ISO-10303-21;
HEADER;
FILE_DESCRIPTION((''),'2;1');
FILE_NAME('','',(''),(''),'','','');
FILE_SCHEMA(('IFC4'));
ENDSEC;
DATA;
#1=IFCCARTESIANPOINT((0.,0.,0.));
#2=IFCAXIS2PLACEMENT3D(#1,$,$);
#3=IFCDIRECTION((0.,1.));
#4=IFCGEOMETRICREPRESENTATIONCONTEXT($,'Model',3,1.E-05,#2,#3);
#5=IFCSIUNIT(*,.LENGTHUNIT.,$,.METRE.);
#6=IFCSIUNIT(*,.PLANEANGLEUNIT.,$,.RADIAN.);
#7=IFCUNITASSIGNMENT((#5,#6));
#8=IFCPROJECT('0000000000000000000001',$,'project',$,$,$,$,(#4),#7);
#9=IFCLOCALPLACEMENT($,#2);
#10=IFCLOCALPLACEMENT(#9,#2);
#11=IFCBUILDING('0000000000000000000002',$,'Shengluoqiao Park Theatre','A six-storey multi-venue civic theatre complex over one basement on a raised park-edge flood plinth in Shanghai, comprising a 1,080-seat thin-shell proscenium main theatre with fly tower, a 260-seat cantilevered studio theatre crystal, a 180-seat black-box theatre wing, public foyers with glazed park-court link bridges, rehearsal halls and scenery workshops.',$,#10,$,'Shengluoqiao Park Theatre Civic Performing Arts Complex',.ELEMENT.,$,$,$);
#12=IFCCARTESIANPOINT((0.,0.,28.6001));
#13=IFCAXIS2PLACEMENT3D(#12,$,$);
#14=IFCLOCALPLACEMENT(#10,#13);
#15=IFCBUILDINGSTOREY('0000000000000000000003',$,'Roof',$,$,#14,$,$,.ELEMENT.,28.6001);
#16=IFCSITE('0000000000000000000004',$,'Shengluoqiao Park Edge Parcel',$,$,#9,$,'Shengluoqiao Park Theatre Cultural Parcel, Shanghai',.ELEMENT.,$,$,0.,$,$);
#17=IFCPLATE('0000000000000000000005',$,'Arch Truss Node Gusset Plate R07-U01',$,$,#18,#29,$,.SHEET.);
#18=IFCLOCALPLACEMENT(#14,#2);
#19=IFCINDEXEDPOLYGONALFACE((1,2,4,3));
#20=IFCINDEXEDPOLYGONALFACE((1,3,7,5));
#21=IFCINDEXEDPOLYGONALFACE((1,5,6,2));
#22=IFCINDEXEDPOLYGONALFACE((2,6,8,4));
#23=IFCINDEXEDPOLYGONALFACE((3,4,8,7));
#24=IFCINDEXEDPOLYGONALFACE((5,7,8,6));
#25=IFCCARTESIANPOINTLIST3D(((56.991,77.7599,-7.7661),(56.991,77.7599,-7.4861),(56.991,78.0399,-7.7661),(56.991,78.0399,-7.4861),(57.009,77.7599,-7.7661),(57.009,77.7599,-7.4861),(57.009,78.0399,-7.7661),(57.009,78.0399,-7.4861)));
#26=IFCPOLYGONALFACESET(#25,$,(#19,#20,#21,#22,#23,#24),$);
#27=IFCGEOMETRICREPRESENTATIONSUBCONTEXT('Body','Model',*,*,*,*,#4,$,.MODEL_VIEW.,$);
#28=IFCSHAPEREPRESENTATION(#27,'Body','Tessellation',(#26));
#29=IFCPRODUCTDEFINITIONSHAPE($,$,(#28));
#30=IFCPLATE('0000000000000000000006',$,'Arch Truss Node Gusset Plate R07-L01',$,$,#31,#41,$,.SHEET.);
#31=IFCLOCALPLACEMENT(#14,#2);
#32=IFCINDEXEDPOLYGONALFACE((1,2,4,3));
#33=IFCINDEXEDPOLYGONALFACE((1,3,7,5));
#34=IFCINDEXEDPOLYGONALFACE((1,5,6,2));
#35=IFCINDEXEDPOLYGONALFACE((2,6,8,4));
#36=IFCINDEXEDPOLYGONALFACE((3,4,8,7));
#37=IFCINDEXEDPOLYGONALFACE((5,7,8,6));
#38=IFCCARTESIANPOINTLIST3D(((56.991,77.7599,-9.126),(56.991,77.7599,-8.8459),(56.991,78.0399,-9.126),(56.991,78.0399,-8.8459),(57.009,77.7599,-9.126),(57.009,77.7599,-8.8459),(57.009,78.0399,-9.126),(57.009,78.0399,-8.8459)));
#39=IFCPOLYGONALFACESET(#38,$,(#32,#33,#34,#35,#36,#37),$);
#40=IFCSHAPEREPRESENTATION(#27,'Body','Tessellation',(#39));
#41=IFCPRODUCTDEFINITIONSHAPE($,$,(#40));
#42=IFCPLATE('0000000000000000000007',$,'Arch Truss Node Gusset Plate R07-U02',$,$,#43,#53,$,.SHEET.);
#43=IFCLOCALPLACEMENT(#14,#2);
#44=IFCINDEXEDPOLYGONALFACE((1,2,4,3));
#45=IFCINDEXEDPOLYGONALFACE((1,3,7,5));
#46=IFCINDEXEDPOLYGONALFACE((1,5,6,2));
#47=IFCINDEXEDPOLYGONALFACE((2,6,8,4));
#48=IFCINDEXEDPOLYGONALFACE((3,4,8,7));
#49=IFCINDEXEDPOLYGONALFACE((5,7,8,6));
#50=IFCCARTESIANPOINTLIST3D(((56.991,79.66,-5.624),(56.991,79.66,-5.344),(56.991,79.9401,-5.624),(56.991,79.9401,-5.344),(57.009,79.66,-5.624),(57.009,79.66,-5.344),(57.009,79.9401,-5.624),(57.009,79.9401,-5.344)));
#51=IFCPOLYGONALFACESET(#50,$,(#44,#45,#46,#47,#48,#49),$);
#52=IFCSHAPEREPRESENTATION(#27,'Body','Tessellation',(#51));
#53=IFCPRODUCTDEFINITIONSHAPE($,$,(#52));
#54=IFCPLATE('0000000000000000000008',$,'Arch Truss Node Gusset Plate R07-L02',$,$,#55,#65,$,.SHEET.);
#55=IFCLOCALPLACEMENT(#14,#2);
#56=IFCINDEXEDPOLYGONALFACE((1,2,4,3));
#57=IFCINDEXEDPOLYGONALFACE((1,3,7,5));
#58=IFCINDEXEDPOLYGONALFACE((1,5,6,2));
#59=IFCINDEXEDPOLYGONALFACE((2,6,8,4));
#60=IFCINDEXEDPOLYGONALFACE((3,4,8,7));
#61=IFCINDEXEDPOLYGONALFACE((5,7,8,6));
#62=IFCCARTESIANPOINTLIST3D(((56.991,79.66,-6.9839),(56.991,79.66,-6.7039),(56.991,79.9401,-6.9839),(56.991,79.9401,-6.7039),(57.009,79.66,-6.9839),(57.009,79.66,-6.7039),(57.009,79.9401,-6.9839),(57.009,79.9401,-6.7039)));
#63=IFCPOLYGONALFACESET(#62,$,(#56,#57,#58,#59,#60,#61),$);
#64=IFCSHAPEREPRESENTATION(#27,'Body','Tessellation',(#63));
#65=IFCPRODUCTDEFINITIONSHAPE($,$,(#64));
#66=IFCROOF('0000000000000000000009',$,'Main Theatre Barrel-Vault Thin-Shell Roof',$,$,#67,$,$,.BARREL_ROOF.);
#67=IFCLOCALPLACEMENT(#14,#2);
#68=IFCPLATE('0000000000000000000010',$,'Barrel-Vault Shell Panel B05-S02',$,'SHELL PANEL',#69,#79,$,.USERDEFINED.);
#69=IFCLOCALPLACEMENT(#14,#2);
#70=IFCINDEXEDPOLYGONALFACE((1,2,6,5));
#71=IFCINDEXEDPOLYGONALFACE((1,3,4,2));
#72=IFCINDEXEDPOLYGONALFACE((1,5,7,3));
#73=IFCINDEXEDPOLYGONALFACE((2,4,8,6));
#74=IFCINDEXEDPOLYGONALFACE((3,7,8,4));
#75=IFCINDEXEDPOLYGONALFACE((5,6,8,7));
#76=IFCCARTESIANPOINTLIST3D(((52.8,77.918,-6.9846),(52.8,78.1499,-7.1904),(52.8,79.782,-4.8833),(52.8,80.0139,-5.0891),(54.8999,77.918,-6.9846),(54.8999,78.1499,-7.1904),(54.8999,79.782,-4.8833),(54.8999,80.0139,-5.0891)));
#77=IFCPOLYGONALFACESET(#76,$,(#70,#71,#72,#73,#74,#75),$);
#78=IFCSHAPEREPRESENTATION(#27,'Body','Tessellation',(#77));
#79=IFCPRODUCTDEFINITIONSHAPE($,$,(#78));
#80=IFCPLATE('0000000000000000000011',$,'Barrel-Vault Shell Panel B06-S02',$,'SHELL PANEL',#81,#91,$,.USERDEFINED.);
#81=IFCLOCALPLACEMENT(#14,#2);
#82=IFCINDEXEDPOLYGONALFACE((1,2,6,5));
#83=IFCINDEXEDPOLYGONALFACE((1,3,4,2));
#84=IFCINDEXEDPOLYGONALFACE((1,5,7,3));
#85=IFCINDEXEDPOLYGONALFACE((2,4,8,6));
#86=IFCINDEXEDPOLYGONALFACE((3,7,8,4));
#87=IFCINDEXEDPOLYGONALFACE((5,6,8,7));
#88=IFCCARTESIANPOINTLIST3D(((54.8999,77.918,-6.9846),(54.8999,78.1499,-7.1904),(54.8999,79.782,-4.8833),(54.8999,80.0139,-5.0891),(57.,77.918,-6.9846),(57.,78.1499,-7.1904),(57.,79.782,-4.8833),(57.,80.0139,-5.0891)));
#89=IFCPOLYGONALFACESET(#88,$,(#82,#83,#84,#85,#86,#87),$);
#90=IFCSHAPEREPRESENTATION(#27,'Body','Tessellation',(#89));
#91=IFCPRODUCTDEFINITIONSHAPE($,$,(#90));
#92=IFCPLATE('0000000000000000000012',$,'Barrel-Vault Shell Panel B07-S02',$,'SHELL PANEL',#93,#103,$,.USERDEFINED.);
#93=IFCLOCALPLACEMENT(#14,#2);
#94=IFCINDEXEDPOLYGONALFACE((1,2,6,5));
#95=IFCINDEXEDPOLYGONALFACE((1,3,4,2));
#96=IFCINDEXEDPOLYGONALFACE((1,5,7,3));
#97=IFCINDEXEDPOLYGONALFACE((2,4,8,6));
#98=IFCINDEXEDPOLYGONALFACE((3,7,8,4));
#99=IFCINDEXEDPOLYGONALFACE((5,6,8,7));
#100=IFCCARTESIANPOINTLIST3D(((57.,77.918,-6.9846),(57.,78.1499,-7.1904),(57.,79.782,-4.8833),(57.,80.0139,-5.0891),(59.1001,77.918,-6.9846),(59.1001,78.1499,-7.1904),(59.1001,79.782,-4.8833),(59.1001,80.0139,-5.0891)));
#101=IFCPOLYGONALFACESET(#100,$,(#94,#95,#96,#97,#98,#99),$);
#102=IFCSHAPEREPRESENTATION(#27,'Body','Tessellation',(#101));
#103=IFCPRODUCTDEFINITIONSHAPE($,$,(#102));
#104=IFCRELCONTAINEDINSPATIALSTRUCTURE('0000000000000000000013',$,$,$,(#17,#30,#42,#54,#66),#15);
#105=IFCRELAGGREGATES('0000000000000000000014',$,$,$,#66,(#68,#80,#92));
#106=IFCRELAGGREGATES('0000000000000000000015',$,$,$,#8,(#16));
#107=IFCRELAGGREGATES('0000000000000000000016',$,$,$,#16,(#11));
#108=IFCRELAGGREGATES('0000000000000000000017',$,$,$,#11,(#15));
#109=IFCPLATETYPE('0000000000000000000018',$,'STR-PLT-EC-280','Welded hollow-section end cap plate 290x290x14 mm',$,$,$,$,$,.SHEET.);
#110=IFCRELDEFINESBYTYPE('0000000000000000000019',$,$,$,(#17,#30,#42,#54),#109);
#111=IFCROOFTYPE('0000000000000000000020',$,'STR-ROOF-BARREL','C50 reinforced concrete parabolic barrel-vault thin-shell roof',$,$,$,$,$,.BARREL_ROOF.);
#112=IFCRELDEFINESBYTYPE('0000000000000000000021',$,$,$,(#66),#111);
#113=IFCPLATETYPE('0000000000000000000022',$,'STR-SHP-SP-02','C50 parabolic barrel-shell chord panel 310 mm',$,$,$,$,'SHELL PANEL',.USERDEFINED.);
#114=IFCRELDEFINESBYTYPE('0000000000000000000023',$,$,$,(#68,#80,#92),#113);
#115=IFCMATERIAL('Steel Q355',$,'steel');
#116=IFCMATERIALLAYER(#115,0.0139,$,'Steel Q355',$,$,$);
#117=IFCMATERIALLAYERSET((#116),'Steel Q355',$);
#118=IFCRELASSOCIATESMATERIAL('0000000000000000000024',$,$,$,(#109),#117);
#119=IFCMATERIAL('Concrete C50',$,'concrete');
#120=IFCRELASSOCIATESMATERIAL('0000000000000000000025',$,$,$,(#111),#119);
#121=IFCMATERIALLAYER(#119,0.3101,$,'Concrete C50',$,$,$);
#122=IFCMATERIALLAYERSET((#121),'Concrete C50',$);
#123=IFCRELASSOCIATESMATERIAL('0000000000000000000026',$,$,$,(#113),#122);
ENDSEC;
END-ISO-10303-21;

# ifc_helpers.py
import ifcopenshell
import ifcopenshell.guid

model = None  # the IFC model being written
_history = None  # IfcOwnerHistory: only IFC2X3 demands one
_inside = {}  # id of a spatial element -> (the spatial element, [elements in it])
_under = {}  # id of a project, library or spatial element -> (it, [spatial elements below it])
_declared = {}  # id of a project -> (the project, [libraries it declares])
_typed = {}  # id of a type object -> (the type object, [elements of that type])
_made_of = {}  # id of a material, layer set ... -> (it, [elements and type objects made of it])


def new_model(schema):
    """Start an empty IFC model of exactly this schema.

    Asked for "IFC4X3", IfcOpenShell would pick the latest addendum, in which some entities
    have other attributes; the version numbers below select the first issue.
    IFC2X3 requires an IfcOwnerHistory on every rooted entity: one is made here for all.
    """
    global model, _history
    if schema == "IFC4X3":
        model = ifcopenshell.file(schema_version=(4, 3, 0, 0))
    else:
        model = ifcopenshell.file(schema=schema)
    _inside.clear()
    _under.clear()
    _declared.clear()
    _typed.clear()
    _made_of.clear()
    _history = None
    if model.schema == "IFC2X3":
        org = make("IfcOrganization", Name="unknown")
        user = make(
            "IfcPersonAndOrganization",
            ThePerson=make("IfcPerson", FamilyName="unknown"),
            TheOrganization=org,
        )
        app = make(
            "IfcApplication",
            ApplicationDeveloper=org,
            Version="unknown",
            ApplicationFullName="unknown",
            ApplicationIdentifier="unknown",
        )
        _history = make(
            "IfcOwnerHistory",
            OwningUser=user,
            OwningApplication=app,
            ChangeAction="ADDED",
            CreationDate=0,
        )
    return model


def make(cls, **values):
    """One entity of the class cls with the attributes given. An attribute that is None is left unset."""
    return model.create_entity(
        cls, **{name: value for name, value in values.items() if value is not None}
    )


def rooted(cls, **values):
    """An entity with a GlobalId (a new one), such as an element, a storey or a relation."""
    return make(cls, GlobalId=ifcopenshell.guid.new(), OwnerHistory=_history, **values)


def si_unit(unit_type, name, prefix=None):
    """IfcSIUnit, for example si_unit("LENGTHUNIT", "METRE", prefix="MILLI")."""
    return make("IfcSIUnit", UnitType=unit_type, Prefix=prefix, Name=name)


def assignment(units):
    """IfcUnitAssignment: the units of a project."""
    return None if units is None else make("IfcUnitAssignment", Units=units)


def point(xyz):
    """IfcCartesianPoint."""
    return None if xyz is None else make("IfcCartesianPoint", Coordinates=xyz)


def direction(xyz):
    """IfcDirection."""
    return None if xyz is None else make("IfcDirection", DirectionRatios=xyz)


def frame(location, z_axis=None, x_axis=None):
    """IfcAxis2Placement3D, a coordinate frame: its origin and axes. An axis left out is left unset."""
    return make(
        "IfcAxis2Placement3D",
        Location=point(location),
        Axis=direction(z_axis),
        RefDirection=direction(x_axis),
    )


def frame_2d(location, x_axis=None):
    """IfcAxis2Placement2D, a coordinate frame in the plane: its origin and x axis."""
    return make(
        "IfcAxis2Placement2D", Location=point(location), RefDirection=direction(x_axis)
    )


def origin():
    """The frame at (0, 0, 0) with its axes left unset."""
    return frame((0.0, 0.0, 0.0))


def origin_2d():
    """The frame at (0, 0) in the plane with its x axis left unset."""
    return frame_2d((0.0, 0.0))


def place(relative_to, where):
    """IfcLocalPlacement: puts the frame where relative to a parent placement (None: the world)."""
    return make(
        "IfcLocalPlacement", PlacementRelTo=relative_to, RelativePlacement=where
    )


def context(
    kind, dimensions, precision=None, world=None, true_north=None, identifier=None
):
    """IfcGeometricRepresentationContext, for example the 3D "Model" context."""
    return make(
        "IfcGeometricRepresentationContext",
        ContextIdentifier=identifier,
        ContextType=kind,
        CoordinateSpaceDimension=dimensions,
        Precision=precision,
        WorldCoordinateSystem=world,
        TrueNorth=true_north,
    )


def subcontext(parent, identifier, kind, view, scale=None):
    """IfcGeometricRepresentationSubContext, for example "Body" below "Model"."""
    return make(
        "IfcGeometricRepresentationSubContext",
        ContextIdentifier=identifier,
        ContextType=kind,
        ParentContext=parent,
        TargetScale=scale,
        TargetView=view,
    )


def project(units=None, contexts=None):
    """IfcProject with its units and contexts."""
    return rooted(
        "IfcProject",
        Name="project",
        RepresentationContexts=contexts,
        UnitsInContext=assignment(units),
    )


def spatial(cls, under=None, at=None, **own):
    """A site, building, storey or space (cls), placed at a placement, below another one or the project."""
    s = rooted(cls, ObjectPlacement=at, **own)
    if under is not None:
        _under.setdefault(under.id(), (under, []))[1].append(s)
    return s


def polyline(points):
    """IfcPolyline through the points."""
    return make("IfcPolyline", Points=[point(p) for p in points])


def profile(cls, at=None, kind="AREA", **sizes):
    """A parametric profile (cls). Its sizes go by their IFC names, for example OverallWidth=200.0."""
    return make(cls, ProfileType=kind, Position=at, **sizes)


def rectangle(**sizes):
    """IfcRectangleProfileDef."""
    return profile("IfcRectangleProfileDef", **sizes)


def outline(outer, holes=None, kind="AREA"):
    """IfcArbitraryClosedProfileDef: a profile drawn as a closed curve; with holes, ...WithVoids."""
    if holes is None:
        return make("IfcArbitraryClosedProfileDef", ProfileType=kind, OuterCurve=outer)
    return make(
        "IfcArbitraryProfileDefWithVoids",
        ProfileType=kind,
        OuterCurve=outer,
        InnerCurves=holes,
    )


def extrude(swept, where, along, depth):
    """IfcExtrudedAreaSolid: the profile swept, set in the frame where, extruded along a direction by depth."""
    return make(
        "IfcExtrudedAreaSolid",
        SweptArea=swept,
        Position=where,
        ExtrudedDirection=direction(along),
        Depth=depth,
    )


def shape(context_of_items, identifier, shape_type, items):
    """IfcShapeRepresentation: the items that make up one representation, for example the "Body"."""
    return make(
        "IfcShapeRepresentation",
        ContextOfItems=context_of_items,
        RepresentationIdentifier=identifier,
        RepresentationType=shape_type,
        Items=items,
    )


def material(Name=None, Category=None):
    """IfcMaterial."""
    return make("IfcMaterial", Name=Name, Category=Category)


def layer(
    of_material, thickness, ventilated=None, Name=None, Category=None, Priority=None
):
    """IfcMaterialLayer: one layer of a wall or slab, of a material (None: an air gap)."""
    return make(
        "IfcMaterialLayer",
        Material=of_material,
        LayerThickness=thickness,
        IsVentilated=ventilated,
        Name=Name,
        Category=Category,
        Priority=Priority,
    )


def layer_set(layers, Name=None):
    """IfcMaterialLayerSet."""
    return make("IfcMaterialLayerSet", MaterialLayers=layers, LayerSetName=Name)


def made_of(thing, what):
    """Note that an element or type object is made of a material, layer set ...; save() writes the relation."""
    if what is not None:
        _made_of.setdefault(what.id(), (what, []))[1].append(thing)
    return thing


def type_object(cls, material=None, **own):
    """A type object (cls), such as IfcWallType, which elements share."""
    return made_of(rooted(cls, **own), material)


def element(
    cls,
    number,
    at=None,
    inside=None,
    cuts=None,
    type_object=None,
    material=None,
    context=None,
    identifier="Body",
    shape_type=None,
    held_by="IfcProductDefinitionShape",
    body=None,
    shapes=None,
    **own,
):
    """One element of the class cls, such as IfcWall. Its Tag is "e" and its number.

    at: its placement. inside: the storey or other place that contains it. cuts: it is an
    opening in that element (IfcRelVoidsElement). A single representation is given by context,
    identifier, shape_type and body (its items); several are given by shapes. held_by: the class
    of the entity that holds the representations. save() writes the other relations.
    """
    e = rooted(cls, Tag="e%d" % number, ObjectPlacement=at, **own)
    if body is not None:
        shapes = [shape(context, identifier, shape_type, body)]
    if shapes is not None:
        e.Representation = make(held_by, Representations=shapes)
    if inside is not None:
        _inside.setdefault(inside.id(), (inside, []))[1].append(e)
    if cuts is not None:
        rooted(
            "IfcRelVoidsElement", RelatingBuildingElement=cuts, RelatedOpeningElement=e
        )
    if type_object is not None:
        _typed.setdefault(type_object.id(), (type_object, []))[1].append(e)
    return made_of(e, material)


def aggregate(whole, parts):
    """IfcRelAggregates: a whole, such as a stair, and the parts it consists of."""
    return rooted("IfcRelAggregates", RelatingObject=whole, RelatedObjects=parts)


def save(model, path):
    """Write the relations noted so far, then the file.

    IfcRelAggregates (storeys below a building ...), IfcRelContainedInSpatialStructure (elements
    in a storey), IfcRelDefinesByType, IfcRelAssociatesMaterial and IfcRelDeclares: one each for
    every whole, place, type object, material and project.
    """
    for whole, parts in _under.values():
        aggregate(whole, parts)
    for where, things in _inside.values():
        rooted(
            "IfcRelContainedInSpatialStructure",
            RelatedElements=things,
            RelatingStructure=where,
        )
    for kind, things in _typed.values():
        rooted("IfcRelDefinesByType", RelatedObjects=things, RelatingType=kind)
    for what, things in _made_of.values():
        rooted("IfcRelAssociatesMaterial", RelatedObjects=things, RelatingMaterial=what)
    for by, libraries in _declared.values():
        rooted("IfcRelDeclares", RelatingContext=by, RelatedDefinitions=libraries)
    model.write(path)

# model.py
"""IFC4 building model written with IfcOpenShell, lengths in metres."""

from ifc_helpers import new_model, si_unit, direction, frame, origin, origin_2d, place, context, subcontext, project, spatial, polyline, rectangle, outline, extrude, material, layer, layer_set, type_object, element, aggregate, save


model = new_model("IFC4")

# Units and contexts
model_context = context("Model", 3, precision=1e-05, world=origin(), true_north=direction((0.0, 1.0)))
body_context = subcontext(model_context, "Body", "Model", "MODEL_VIEW")
ifc_project = project(units=[si_unit("LENGTHUNIT", "METRE"), si_unit("PLANEANGLEUNIT", "RADIAN")], contexts=[model_context])

# Site, building, storey
site_placement = place(None, origin())
site = spatial("IfcSite", under=ifc_project, at=site_placement, Name="Shengluoqiao Park Edge Parcel", LongName="Shengluoqiao Park Theatre Cultural Parcel, Shanghai", CompositionType="ELEMENT", RefElevation=0.0)
building_placement = place(site_placement, origin())
building = spatial("IfcBuilding", under=site, at=building_placement, Name="Shengluoqiao Park Theatre", Description="A six-storey multi-venue civic theatre complex over one basement on a raised park-edge flood plinth in Shanghai, comprising a 1,080-seat thin-shell proscenium main theatre with fly tower, a 260-seat cantilevered studio theatre crystal, a 180-seat black-box theatre wing, public foyers with glazed park-court link bridges, rehearsal halls and scenery workshops.", LongName="Shengluoqiao Park Theatre Civic Performing Arts Complex", CompositionType="ELEMENT")
storey_placement = place(building_placement, frame((0.0, 0.0, 28.6001)))
storey = spatial("IfcBuildingStorey", under=building, at=storey_placement, Name="Roof", CompositionType="ELEMENT", Elevation=28.6001)

# Shared definitions
ifc_material_1 = material(Name="Concrete C50", Category="concrete")
ifc_material_2 = material(Name="Steel Q355", Category="steel")

# Plates
ifc_layer_1 = layer(ifc_material_2, 0.0139, Name="Steel Q355")
ifc_layer_set_1 = layer_set([ifc_layer_1], Name="Steel Q355")
plate_type_1 = type_object("IfcPlateType", Name="STR-PLT-EC-280", Description="Welded hollow-section end cap plate 290x290x14 mm", PredefinedType="SHEET", material=ifc_layer_set_1)
for number, where, z_axis, x_axis, name in (
    (1, (57.0, 77.8999, -7.7661), (0.0, 0.0, 1.0), (1.0, 0.0, 0.0), "Arch Truss Node Gusset Plate R07-U01"),
    (2, (57.0, 77.8999, -9.126), (0.0, 0.0, 1.0), (1.0, 0.0, 0.0), "Arch Truss Node Gusset Plate R07-L01"),
    (3, (57.0, 79.8, -5.624), (0.0, 0.0, 1.0), (1.0, 0.0, 0.0), "Arch Truss Node Gusset Plate R07-U02"),
    (4, (57.0, 79.8, -6.9839), (0.0, 0.0, 1.0), (1.0, 0.0, 0.0), "Arch Truss Node Gusset Plate R07-L02"),
):
    element("IfcPlate", number, at=place(storey_placement, frame(where, z_axis=z_axis, x_axis=x_axis)), inside=storey, type_object=plate_type_1, Name=name, PredefinedType="SHEET", context=body_context, shape_type="SweptSolid", body=[
        extrude(rectangle(XDim=0.0181, YDim=0.28, at=origin_2d()), origin(), (0.0, 0.0, 1.0), 0.28),
    ])

# Roof, plates
roof_type = type_object("IfcRoofType", Name="STR-ROOF-BARREL", Description="C50 reinforced concrete parabolic barrel-vault thin-shell roof", PredefinedType="BARREL_ROOF", material=ifc_material_1)
roof_placement = place(storey_placement, origin())
roof = element("IfcRoof", 5, at=roof_placement, inside=storey, type_object=roof_type, Name="Main Theatre Barrel-Vault Thin-Shell Roof", PredefinedType="BARREL_ROOF")
ifc_layer_2 = layer(ifc_material_1, 0.3101, Name="Concrete C50")
ifc_layer_set_2 = layer_set([ifc_layer_2], Name="Concrete C50")
plate_type_2 = type_object("IfcPlateType", Name="STR-SHP-SP-02", Description="C50 parabolic barrel-shell chord panel 310 mm", ElementType="SHELL PANEL", PredefinedType="USERDEFINED", material=ifc_layer_set_2)
plate_1_placement = place(storey_placement, frame((52.8, 77.918, -6.9846), z_axis=(0.0, -0.748085, 0.663603), x_axis=(1.0, 0.0, 0.0)))
plate_1 = element("IfcPlate", 6, at=plate_1_placement, type_object=plate_type_2, Name="Barrel-Vault Shell Panel B05-S02", ObjectType="SHELL PANEL", PredefinedType="USERDEFINED", context=body_context, shape_type="SweptSolid", body=[
    extrude(outline(polyline([(0.0, 0.0), (2.0999, 0.0), (2.0999, 2.8089), (0.0, 2.8089), (0.0, 0.0)])), origin(), (0.0, 0.0, -1.0), 0.3101),
])
plate_2_placement = place(storey_placement, frame((54.8999, 77.918, -6.9846), z_axis=(0.0, -0.748085, 0.663603), x_axis=(1.0, 0.0, 0.0)))
plate_2 = element("IfcPlate", 7, at=plate_2_placement, type_object=plate_type_2, Name="Barrel-Vault Shell Panel B06-S02", ObjectType="SHELL PANEL", PredefinedType="USERDEFINED", context=body_context, shape_type="SweptSolid", body=[
    extrude(outline(polyline([(0.0, 0.0), (2.1001, 0.0), (2.1001, 2.8089), (0.0, 2.8089), (0.0, 0.0)])), origin(), (0.0, 0.0, -1.0), 0.3101),
])
plate_3_placement = place(storey_placement, frame((57.0, 77.918, -6.9846), z_axis=(0.0, -0.748085, 0.663603), x_axis=(1.0, 0.0, 0.0)))
plate_3 = element("IfcPlate", 8, at=plate_3_placement, type_object=plate_type_2, Name="Barrel-Vault Shell Panel B07-S02", ObjectType="SHELL PANEL", PredefinedType="USERDEFINED", context=body_context, shape_type="SweptSolid", body=[
    extrude(outline(polyline([(0.0, 0.0), (2.1001, 0.0), (2.1001, 2.8089), (0.0, 2.8089), (0.0, 0.0)])), origin(), (0.0, 0.0, -1.0), 0.3101),
])
aggregate(roof, [plate_1, plate_2, plate_3])

save(model, "model.ifc")
